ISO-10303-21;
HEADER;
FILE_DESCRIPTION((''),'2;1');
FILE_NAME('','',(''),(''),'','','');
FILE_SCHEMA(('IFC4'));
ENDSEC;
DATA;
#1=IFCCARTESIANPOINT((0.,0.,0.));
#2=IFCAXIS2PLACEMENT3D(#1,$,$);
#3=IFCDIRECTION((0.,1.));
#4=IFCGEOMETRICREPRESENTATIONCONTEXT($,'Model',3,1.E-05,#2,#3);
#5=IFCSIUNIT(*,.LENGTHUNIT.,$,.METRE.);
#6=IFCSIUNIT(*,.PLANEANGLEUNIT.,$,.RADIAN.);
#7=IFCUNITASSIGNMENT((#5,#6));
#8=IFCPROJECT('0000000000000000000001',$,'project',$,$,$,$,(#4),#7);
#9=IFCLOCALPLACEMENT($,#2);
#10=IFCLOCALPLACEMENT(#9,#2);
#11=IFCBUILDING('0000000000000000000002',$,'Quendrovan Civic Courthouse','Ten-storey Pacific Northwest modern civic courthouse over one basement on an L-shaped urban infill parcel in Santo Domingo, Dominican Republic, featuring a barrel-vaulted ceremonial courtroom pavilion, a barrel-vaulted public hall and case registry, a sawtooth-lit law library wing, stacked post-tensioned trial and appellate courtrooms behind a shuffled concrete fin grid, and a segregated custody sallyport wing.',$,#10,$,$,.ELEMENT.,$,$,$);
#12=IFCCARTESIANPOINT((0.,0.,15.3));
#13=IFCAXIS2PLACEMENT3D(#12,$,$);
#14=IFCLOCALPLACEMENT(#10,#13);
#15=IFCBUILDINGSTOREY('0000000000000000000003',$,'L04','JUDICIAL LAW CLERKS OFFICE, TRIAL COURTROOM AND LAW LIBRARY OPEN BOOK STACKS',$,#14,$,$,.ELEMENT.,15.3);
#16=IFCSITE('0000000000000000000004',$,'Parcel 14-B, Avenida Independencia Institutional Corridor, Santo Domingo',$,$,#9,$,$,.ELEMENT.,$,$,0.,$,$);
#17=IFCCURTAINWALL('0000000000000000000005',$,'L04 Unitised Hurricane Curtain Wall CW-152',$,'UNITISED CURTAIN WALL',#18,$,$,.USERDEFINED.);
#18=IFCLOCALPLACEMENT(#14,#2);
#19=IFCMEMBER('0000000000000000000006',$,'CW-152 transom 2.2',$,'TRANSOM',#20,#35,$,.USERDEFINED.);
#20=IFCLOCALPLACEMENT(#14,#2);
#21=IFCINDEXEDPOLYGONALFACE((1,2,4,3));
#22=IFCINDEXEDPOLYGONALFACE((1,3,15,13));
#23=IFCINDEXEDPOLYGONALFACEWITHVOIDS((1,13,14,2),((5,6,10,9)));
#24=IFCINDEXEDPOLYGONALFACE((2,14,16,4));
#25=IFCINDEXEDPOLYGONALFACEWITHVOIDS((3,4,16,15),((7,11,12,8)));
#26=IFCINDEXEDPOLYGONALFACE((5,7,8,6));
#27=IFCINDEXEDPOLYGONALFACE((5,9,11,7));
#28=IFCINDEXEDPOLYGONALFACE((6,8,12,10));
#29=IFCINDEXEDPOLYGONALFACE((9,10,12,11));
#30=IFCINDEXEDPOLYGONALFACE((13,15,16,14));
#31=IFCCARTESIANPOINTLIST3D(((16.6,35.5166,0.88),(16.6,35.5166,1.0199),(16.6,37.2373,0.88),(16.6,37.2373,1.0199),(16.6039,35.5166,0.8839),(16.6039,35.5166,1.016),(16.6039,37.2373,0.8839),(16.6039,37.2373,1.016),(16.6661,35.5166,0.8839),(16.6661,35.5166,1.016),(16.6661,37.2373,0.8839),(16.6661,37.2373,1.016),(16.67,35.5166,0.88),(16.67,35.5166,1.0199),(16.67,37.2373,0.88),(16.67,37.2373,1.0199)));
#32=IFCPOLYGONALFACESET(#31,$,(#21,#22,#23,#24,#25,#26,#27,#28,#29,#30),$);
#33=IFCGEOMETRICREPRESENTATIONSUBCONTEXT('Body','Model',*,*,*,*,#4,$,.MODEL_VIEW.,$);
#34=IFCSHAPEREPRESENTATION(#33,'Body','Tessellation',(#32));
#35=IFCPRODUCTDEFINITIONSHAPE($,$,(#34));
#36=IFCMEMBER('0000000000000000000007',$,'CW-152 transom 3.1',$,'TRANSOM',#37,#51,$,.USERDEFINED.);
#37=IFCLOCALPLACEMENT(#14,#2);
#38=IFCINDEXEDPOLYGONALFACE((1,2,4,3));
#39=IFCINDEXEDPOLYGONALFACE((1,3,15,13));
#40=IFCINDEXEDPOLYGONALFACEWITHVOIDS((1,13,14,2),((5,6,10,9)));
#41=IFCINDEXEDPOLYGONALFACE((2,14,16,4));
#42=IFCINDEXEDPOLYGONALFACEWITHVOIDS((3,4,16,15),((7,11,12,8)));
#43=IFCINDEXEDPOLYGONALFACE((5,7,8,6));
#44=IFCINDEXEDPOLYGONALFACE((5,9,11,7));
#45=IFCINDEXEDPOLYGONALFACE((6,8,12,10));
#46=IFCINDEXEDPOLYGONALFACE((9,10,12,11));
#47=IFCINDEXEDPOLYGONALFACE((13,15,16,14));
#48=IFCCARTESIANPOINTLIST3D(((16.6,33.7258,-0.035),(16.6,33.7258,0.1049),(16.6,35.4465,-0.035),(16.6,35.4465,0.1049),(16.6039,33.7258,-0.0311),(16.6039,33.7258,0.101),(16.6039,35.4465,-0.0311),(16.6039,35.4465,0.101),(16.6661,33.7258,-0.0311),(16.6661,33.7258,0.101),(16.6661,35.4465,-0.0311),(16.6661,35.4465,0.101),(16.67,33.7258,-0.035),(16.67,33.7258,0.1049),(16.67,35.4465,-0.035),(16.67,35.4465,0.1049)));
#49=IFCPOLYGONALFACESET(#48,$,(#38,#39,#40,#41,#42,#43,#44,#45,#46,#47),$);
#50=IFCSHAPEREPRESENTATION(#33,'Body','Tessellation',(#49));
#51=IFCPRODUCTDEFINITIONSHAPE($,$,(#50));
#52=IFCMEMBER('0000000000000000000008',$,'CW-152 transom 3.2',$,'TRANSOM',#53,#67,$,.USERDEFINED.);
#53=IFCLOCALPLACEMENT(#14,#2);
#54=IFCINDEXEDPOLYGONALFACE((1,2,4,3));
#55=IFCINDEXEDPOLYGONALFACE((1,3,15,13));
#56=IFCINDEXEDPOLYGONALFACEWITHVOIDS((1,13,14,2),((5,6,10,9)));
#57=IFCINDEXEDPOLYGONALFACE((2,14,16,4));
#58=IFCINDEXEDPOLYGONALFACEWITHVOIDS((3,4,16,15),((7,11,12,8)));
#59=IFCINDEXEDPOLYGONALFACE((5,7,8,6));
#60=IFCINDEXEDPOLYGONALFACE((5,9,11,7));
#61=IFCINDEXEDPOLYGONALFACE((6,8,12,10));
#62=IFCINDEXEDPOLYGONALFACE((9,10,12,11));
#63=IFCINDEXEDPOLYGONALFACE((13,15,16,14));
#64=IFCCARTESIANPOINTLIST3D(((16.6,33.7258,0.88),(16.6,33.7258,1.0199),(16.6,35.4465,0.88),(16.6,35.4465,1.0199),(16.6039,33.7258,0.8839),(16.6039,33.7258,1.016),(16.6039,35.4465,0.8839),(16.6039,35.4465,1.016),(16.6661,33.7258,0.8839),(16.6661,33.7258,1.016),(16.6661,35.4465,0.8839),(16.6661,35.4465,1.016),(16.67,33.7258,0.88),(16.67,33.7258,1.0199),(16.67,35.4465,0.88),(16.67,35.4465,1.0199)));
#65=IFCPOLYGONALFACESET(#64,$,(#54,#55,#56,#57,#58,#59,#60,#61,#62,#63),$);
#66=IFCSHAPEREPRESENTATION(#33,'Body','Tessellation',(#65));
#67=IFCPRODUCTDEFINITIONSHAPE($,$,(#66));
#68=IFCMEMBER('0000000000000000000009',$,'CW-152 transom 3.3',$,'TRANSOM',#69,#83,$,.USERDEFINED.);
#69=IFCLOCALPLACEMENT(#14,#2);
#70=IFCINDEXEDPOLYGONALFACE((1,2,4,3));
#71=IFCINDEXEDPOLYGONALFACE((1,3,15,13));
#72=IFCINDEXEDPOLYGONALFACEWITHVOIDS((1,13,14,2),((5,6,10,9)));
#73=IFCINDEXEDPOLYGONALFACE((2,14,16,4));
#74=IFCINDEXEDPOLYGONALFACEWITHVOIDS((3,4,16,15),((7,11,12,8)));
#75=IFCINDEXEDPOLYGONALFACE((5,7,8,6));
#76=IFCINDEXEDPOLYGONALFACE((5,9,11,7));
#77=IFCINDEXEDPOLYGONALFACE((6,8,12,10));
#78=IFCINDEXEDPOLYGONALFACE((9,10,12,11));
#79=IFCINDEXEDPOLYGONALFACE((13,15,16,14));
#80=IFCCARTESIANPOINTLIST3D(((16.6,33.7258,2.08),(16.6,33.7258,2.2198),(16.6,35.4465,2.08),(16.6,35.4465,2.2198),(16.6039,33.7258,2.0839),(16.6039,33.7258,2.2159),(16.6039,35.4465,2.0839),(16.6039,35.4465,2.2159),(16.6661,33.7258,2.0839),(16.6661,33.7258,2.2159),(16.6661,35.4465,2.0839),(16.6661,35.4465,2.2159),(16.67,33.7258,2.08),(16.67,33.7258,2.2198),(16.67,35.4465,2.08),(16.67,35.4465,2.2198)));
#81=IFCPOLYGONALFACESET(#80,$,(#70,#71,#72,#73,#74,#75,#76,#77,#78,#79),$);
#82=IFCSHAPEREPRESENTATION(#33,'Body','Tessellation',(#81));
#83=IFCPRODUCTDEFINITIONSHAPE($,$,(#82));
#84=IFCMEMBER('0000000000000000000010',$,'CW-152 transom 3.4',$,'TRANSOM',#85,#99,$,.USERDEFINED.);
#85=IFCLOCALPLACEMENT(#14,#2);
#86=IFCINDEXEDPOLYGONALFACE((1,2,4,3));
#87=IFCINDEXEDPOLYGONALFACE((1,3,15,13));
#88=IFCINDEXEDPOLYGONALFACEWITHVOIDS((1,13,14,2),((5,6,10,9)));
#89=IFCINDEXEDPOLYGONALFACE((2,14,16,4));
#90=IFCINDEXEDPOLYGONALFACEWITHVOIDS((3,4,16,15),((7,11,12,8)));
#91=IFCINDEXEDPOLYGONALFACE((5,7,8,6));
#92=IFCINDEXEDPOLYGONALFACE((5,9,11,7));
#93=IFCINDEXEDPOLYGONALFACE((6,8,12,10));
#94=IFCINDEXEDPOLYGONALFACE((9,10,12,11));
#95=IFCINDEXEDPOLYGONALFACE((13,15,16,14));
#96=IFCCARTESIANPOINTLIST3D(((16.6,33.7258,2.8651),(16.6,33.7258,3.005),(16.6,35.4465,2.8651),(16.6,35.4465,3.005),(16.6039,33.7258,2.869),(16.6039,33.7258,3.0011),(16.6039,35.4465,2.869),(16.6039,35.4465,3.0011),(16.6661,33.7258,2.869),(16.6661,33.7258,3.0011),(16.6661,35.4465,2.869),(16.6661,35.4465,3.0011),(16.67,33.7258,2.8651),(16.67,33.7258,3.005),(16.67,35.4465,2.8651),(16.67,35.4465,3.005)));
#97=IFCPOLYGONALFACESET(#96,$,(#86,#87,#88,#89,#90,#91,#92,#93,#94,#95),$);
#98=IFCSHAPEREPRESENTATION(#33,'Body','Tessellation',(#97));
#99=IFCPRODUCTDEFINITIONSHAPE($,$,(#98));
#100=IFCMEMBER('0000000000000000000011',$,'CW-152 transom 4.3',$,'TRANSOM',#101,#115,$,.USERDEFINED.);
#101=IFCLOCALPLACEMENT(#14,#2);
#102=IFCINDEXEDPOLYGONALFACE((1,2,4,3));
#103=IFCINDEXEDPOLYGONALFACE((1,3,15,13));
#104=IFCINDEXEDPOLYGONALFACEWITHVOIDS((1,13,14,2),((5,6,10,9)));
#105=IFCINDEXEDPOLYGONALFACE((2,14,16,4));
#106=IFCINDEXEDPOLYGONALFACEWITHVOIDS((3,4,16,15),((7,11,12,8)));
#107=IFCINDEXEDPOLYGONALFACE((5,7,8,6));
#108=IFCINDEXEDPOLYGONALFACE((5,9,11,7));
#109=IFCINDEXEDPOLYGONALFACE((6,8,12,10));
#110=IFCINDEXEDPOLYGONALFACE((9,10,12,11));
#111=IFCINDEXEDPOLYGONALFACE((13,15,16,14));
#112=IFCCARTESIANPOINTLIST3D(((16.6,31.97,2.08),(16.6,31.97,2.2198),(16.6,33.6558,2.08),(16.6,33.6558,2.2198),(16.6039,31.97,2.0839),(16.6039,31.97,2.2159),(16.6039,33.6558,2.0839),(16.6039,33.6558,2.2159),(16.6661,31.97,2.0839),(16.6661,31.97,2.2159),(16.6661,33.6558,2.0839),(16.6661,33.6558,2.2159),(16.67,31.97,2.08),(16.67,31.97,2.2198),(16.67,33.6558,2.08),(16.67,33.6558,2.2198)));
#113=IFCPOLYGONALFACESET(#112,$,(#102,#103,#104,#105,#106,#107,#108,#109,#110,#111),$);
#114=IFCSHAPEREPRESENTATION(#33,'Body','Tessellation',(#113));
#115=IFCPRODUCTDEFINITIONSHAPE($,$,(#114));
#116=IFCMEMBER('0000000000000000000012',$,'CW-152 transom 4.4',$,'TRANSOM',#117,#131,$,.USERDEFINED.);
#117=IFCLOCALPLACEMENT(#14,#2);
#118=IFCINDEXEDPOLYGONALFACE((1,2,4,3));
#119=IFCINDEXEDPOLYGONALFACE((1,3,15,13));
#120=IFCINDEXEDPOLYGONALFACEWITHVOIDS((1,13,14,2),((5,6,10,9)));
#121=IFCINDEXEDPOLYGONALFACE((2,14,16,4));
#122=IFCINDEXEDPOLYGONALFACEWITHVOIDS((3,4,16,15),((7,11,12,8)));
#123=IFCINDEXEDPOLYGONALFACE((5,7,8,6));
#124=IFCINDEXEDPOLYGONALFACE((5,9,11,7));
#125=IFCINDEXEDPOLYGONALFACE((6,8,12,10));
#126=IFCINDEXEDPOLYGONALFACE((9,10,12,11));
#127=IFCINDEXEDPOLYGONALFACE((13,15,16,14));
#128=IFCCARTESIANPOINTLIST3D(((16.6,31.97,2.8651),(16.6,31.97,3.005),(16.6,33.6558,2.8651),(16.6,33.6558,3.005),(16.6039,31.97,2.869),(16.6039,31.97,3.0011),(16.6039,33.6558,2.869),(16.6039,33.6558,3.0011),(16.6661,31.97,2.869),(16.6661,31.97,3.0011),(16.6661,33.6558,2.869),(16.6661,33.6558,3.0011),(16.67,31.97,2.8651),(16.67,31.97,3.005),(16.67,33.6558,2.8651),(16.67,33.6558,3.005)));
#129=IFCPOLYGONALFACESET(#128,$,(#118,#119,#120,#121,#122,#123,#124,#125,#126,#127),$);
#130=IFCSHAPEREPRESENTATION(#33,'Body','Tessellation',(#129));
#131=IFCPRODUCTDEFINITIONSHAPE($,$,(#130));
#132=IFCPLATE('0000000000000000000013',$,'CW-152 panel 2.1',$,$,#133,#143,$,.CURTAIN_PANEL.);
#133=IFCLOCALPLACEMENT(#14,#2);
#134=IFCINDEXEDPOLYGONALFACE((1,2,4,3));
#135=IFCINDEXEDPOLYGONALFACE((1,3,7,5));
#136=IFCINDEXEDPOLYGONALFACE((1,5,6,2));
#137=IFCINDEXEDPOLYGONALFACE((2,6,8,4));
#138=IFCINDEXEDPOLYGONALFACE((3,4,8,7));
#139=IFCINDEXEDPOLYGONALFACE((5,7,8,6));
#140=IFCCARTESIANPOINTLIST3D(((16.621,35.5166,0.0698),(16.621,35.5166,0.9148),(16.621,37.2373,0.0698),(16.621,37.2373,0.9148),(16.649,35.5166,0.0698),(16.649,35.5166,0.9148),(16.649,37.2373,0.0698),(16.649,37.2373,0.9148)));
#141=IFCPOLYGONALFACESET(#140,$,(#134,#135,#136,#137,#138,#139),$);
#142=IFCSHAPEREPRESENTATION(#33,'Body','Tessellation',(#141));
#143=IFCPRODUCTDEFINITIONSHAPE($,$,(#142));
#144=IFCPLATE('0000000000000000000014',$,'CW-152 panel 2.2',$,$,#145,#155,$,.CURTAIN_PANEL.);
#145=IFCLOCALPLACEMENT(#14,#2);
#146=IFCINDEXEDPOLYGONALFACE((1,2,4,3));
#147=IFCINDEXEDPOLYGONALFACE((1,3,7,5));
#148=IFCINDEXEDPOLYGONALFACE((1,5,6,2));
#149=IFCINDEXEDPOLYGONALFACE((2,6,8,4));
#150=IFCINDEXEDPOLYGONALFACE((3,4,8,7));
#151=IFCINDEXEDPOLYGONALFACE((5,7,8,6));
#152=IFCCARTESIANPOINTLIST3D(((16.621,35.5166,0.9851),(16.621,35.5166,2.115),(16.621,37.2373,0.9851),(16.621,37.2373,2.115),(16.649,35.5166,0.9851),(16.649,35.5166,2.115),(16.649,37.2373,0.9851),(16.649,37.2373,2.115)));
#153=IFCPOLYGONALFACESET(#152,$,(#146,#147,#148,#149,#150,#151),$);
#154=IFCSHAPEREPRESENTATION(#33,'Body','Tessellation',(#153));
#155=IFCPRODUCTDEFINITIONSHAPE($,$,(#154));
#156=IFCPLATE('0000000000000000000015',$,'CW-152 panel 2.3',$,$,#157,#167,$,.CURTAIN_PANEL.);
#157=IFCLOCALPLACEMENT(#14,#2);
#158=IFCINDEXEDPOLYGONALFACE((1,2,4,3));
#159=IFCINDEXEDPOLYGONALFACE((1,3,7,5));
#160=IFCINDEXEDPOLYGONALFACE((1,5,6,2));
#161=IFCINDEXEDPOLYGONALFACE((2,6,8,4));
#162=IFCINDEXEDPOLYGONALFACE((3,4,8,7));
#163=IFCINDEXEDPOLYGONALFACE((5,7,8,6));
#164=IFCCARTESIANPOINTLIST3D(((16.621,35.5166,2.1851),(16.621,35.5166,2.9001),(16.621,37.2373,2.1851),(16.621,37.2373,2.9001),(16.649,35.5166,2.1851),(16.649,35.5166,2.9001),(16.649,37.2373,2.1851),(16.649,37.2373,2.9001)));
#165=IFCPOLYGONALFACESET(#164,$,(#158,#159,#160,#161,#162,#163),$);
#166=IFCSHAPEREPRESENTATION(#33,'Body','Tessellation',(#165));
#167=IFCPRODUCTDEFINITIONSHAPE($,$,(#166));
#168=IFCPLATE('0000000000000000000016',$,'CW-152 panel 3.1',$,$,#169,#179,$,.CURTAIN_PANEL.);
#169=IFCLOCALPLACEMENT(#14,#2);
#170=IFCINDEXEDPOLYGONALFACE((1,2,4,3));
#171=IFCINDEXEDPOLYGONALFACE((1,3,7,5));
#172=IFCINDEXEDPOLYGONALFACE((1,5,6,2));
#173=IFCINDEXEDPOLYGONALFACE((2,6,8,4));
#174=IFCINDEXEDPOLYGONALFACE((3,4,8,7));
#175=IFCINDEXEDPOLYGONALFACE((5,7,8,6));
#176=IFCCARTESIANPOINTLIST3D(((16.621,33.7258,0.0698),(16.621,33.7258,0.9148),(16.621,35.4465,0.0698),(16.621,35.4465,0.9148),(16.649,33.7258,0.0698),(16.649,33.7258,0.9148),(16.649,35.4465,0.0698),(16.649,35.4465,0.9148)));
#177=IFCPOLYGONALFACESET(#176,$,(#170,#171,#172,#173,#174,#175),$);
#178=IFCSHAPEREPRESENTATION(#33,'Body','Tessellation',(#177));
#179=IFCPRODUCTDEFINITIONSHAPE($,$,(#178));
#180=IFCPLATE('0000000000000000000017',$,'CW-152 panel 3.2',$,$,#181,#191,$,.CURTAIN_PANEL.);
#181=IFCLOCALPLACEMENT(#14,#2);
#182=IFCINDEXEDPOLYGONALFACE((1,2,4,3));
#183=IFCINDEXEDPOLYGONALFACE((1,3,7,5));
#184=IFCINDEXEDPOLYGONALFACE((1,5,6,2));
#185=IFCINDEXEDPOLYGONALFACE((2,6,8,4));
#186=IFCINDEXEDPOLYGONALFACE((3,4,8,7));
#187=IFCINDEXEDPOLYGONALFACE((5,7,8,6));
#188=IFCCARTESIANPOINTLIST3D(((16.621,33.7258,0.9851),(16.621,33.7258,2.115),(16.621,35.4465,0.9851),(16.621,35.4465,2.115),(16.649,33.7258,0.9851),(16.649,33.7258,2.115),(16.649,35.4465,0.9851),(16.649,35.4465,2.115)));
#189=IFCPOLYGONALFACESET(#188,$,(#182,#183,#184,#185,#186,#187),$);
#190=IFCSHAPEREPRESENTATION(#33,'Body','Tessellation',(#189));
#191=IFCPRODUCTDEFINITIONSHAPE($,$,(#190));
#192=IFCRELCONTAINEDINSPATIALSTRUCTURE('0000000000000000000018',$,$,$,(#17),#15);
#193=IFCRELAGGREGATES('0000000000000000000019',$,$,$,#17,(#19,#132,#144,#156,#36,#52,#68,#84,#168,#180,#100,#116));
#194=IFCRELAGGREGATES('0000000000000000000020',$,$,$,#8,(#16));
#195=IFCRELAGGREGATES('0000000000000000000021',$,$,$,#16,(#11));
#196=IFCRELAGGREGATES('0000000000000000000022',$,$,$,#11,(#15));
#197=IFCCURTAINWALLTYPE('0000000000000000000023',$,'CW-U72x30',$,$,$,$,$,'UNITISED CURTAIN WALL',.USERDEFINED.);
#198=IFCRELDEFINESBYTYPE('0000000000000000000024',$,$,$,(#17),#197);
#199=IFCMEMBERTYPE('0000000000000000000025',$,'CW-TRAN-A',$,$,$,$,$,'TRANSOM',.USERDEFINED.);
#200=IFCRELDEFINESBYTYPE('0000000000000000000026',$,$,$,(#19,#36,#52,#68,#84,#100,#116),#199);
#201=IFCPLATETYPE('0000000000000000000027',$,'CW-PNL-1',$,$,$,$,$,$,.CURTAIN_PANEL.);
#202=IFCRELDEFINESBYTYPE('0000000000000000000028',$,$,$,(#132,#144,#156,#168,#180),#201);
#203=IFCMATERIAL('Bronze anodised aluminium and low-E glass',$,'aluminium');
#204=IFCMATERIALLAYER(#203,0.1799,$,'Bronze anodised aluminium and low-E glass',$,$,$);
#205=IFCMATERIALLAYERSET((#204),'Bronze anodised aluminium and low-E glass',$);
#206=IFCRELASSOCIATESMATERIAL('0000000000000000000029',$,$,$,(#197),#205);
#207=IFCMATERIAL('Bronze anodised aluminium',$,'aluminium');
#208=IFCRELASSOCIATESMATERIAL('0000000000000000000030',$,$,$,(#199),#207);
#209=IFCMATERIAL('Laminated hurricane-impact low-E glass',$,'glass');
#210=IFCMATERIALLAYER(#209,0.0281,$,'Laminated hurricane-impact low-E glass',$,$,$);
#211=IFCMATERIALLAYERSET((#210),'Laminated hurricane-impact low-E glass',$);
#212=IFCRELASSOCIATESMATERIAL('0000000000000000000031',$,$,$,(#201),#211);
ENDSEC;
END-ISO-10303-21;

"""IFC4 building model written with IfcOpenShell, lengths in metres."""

from ifc_helpers import new_model, si_unit, direction, frame, origin, origin_2d, place, context, subcontext, project, spatial, rectangle, hollow_rectangle, extrude, material, layer, layer_set, material_profile, profile_set, type_object, element, aggregate, save


model = new_model("IFC4")

# Units and contexts
model_context = context("Model", 3, precision=1e-05, world=origin(), true_north=direction((0.0, 1.0)))
body_context = subcontext(model_context, "Body", "Model", "MODEL_VIEW")
ifc_project = project(units=[si_unit("LENGTHUNIT", "METRE"), si_unit("PLANEANGLEUNIT", "RADIAN")], contexts=[model_context])

# Site, building, storey
site_placement = place(None, origin())
site = spatial("IfcSite", under=ifc_project, at=site_placement, Name="Parcel 14-B, Avenida Independencia Institutional Corridor, Santo Domingo", CompositionType="ELEMENT", RefElevation=0.0)
building_placement = place(site_placement, origin())
building = spatial("IfcBuilding", under=site, at=building_placement, Name="Quendrovan Civic Courthouse", Description="Ten-storey Pacific Northwest modern civic courthouse over one basement on an L-shaped urban infill parcel in Santo Domingo, Dominican Republic, featuring a barrel-vaulted ceremonial courtroom pavilion, a barrel-vaulted public hall and case registry, a sawtooth-lit law library wing, stacked post-tensioned trial and appellate courtrooms behind a shuffled concrete fin grid, and a segregated custody sallyport wing.", CompositionType="ELEMENT")
storey_placement = place(building_placement, frame((0.0, 0.0, 15.3)))
storey = spatial("IfcBuildingStorey", under=building, at=storey_placement, Name="L04", Description="JUDICIAL LAW CLERKS OFFICE, TRIAL COURTROOM AND LAW LIBRARY OPEN BOOK STACKS", CompositionType="ELEMENT", Elevation=15.3)

# Curtain wall, members, plates
ifc_material_1 = material(Name="Bronze anodised aluminium and low-E glass", Category="aluminium")
ifc_layer_1 = layer(ifc_material_1, 0.1799, Name="Bronze anodised aluminium and low-E glass")
ifc_layer_set_1 = layer_set([ifc_layer_1], Name="Bronze anodised aluminium and low-E glass")
curtain_wall_type = type_object("IfcCurtainWallType", Name="CW-U72x30", ElementType="UNITISED CURTAIN WALL", PredefinedType="USERDEFINED", material=ifc_layer_set_1)
curtain_wall_placement = place(storey_placement, origin())
curtain_wall = element("IfcCurtainWall", 1, at=curtain_wall_placement, inside=storey, type_object=curtain_wall_type, Name="L04 Unitised Hurricane Curtain Wall CW-152", ObjectType="UNITISED CURTAIN WALL", PredefinedType="USERDEFINED")
ifc_material_2 = material(Name="Bronze anodised aluminium", Category="aluminium")
ifc_material_profile_1 = material_profile(ifc_material_2, hollow_rectangle(XDim=0.0701, YDim=0.1399, WallThickness=0.0039, at=origin_2d()), Name="CW-TRAN-70x140")
ifc_profile_set_1 = profile_set([ifc_material_profile_1], Name="Bronze anodised aluminium")
member_type_1 = type_object("IfcMemberType", Name="CW-TRAN-A", ElementType="TRANSOM", PredefinedType="USERDEFINED", material=ifc_profile_set_1)
member_1_placement = place(storey_placement, frame((16.635, 37.2373, 0.95), z_axis=(0.0, -1.0, 0.0), x_axis=(1.0, 0.0, 0.0)))
member_1 = element("IfcMember", 2, at=member_1_placement, type_object=member_type_1, Name="CW-152 transom 2.2", ObjectType="TRANSOM", PredefinedType="USERDEFINED", context=body_context, shape_type="SweptSolid", body=[
    extrude(hollow_rectangle(XDim=0.0701, YDim=0.1399, WallThickness=0.0039, at=origin_2d()), origin(), (0.0, 0.0, 1.0), 1.7207),
])
member_2_placement = place(storey_placement, frame((16.635, 35.4465, 0.0349), z_axis=(0.0, -1.0, 0.0), x_axis=(1.0, 0.0, 0.0)))
member_2 = element("IfcMember", 3, at=member_2_placement, type_object=member_type_1, Name="CW-152 transom 3.1", ObjectType="TRANSOM", PredefinedType="USERDEFINED", context=body_context, shape_type="SweptSolid", body=[
    extrude(hollow_rectangle(XDim=0.0701, YDim=0.1399, WallThickness=0.0039, at=origin_2d()), origin(), (0.0, 0.0, 1.0), 1.7207),
])
member_3_placement = place(storey_placement, frame((16.635, 35.4465, 0.95), z_axis=(0.0, -1.0, 0.0), x_axis=(1.0, 0.0, 0.0)))
member_3 = element("IfcMember", 4, at=member_3_placement, type_object=member_type_1, Name="CW-152 transom 3.2", ObjectType="TRANSOM", PredefinedType="USERDEFINED", context=body_context, shape_type="SweptSolid", body=[
    extrude(hollow_rectangle(XDim=0.0701, YDim=0.1399, WallThickness=0.0039, at=origin_2d()), origin(), (0.0, 0.0, 1.0), 1.7207),
])
member_4_placement = place(storey_placement, frame((16.635, 35.4465, 2.1499), z_axis=(0.0, -1.0, 0.0), x_axis=(1.0, 0.0, 0.0)))
member_4 = element("IfcMember", 5, at=member_4_placement, type_object=member_type_1, Name="CW-152 transom 3.3", ObjectType="TRANSOM", PredefinedType="USERDEFINED", context=body_context, shape_type="SweptSolid", body=[
    extrude(hollow_rectangle(XDim=0.0701, YDim=0.1399, WallThickness=0.0039, at=origin_2d()), origin(), (0.0, 0.0, 1.0), 1.7207),
])
member_5_placement = place(storey_placement, frame((16.635, 35.4465, 2.9351), z_axis=(0.0, -1.0, 0.0), x_axis=(1.0, 0.0, 0.0)))
member_5 = element("IfcMember", 6, at=member_5_placement, type_object=member_type_1, Name="CW-152 transom 3.4", ObjectType="TRANSOM", PredefinedType="USERDEFINED", context=body_context, shape_type="SweptSolid", body=[
    extrude(hollow_rectangle(XDim=0.0701, YDim=0.1399, WallThickness=0.0039, at=origin_2d()), origin(), (0.0, 0.0, 1.0), 1.7207),
])
member_6_placement = place(storey_placement, frame((16.635, 33.6558, 2.1499), z_axis=(0.0, -1.0, 0.0), x_axis=(1.0, 0.0, 0.0)))
member_6 = element("IfcMember", 7, at=member_6_placement, type_object=member_type_1, Name="CW-152 transom 4.3", ObjectType="TRANSOM", PredefinedType="USERDEFINED", context=body_context, shape_type="SweptSolid", body=[
    extrude(hollow_rectangle(XDim=0.0701, YDim=0.1399, WallThickness=0.0039, at=origin_2d()), origin(), (0.0, 0.0, 1.0), 1.6858),
])
member_7_placement = place(storey_placement, frame((16.635, 33.6558, 2.9351), z_axis=(0.0, -1.0, 0.0), x_axis=(1.0, 0.0, 0.0)))
member_7 = element("IfcMember", 8, at=member_7_placement, type_object=member_type_1, Name="CW-152 transom 4.4", ObjectType="TRANSOM", PredefinedType="USERDEFINED", context=body_context, shape_type="SweptSolid", body=[
    extrude(hollow_rectangle(XDim=0.0701, YDim=0.1399, WallThickness=0.0039, at=origin_2d()), origin(), (0.0, 0.0, 1.0), 1.6858),
])
ifc_material_3 = material(Name="Laminated hurricane-impact low-E glass", Category="glass")
ifc_layer_2 = layer(ifc_material_3, 0.0281, Name="Laminated hurricane-impact low-E glass")
ifc_layer_set_2 = layer_set([ifc_layer_2], Name="Laminated hurricane-impact low-E glass")
plate_type_1 = type_object("IfcPlateType", Name="CW-PNL-1", PredefinedType="CURTAIN_PANEL", material=ifc_layer_set_2)
plate_1_placement = place(storey_placement, frame((16.635, 36.377, 0.0698), z_axis=(0.0, 0.0, 1.0), x_axis=(0.0, -1.0, 0.0)))
plate_1 = element("IfcPlate", 9, at=plate_1_placement, type_object=plate_type_1, Name="CW-152 panel 2.1", PredefinedType="CURTAIN_PANEL", context=body_context, shape_type="SweptSolid", body=[
    extrude(rectangle(XDim=1.7207, YDim=0.0281, at=origin_2d()), origin(), (0.0, 0.0, 1.0), 0.845),
])
plate_2_placement = place(storey_placement, frame((16.635, 36.377, 0.9851), z_axis=(0.0, 0.0, 1.0), x_axis=(0.0, -1.0, 0.0)))
plate_2 = element("IfcPlate", 10, at=plate_2_placement, type_object=plate_type_1, Name="CW-152 panel 2.2", PredefinedType="CURTAIN_PANEL", context=body_context, shape_type="SweptSolid", body=[
    extrude(rectangle(XDim=1.7207, YDim=0.0281, at=origin_2d()), origin(), (0.0, 0.0, 1.0), 1.1299),
])
plate_3_placement = place(storey_placement, frame((16.635, 36.377, 2.1851), z_axis=(0.0, 0.0, 1.0), x_axis=(0.0, -1.0, 0.0)))
plate_3 = element("IfcPlate", 11, at=plate_3_placement, type_object=plate_type_1, Name="CW-152 panel 2.3", PredefinedType="CURTAIN_PANEL", context=body_context, shape_type="SweptSolid", body=[
    extrude(rectangle(XDim=1.7207, YDim=0.0281, at=origin_2d()), origin(), (0.0, 0.0, 1.0), 0.7151),
])
plate_4_placement = place(storey_placement, frame((16.635, 34.5862, 0.0698), z_axis=(0.0, 0.0, 1.0), x_axis=(0.0, -1.0, 0.0)))
plate_4 = element("IfcPlate", 12, at=plate_4_placement, type_object=plate_type_1, Name="CW-152 panel 3.1", PredefinedType="CURTAIN_PANEL", context=body_context, shape_type="SweptSolid", body=[
    extrude(rectangle(XDim=1.7207, YDim=0.0281, at=origin_2d()), origin(), (0.0, 0.0, 1.0), 0.845),
])
plate_5_placement = place(storey_placement, frame((16.635, 34.5862, 0.9851), z_axis=(0.0, 0.0, 1.0), x_axis=(0.0, -1.0, 0.0)))
plate_5 = element("IfcPlate", 13, at=plate_5_placement, type_object=plate_type_1, Name="CW-152 panel 3.2", PredefinedType="CURTAIN_PANEL", context=body_context, shape_type="SweptSolid", body=[
    extrude(rectangle(XDim=1.7207, YDim=0.0281, at=origin_2d()), origin(), (0.0, 0.0, 1.0), 1.1299),
])
aggregate(curtain_wall, [member_1, plate_1, plate_2, plate_3, member_2, member_3, member_4, member_5, plate_4, plate_5, member_6, member_7])

save(model, "model.ifc")
